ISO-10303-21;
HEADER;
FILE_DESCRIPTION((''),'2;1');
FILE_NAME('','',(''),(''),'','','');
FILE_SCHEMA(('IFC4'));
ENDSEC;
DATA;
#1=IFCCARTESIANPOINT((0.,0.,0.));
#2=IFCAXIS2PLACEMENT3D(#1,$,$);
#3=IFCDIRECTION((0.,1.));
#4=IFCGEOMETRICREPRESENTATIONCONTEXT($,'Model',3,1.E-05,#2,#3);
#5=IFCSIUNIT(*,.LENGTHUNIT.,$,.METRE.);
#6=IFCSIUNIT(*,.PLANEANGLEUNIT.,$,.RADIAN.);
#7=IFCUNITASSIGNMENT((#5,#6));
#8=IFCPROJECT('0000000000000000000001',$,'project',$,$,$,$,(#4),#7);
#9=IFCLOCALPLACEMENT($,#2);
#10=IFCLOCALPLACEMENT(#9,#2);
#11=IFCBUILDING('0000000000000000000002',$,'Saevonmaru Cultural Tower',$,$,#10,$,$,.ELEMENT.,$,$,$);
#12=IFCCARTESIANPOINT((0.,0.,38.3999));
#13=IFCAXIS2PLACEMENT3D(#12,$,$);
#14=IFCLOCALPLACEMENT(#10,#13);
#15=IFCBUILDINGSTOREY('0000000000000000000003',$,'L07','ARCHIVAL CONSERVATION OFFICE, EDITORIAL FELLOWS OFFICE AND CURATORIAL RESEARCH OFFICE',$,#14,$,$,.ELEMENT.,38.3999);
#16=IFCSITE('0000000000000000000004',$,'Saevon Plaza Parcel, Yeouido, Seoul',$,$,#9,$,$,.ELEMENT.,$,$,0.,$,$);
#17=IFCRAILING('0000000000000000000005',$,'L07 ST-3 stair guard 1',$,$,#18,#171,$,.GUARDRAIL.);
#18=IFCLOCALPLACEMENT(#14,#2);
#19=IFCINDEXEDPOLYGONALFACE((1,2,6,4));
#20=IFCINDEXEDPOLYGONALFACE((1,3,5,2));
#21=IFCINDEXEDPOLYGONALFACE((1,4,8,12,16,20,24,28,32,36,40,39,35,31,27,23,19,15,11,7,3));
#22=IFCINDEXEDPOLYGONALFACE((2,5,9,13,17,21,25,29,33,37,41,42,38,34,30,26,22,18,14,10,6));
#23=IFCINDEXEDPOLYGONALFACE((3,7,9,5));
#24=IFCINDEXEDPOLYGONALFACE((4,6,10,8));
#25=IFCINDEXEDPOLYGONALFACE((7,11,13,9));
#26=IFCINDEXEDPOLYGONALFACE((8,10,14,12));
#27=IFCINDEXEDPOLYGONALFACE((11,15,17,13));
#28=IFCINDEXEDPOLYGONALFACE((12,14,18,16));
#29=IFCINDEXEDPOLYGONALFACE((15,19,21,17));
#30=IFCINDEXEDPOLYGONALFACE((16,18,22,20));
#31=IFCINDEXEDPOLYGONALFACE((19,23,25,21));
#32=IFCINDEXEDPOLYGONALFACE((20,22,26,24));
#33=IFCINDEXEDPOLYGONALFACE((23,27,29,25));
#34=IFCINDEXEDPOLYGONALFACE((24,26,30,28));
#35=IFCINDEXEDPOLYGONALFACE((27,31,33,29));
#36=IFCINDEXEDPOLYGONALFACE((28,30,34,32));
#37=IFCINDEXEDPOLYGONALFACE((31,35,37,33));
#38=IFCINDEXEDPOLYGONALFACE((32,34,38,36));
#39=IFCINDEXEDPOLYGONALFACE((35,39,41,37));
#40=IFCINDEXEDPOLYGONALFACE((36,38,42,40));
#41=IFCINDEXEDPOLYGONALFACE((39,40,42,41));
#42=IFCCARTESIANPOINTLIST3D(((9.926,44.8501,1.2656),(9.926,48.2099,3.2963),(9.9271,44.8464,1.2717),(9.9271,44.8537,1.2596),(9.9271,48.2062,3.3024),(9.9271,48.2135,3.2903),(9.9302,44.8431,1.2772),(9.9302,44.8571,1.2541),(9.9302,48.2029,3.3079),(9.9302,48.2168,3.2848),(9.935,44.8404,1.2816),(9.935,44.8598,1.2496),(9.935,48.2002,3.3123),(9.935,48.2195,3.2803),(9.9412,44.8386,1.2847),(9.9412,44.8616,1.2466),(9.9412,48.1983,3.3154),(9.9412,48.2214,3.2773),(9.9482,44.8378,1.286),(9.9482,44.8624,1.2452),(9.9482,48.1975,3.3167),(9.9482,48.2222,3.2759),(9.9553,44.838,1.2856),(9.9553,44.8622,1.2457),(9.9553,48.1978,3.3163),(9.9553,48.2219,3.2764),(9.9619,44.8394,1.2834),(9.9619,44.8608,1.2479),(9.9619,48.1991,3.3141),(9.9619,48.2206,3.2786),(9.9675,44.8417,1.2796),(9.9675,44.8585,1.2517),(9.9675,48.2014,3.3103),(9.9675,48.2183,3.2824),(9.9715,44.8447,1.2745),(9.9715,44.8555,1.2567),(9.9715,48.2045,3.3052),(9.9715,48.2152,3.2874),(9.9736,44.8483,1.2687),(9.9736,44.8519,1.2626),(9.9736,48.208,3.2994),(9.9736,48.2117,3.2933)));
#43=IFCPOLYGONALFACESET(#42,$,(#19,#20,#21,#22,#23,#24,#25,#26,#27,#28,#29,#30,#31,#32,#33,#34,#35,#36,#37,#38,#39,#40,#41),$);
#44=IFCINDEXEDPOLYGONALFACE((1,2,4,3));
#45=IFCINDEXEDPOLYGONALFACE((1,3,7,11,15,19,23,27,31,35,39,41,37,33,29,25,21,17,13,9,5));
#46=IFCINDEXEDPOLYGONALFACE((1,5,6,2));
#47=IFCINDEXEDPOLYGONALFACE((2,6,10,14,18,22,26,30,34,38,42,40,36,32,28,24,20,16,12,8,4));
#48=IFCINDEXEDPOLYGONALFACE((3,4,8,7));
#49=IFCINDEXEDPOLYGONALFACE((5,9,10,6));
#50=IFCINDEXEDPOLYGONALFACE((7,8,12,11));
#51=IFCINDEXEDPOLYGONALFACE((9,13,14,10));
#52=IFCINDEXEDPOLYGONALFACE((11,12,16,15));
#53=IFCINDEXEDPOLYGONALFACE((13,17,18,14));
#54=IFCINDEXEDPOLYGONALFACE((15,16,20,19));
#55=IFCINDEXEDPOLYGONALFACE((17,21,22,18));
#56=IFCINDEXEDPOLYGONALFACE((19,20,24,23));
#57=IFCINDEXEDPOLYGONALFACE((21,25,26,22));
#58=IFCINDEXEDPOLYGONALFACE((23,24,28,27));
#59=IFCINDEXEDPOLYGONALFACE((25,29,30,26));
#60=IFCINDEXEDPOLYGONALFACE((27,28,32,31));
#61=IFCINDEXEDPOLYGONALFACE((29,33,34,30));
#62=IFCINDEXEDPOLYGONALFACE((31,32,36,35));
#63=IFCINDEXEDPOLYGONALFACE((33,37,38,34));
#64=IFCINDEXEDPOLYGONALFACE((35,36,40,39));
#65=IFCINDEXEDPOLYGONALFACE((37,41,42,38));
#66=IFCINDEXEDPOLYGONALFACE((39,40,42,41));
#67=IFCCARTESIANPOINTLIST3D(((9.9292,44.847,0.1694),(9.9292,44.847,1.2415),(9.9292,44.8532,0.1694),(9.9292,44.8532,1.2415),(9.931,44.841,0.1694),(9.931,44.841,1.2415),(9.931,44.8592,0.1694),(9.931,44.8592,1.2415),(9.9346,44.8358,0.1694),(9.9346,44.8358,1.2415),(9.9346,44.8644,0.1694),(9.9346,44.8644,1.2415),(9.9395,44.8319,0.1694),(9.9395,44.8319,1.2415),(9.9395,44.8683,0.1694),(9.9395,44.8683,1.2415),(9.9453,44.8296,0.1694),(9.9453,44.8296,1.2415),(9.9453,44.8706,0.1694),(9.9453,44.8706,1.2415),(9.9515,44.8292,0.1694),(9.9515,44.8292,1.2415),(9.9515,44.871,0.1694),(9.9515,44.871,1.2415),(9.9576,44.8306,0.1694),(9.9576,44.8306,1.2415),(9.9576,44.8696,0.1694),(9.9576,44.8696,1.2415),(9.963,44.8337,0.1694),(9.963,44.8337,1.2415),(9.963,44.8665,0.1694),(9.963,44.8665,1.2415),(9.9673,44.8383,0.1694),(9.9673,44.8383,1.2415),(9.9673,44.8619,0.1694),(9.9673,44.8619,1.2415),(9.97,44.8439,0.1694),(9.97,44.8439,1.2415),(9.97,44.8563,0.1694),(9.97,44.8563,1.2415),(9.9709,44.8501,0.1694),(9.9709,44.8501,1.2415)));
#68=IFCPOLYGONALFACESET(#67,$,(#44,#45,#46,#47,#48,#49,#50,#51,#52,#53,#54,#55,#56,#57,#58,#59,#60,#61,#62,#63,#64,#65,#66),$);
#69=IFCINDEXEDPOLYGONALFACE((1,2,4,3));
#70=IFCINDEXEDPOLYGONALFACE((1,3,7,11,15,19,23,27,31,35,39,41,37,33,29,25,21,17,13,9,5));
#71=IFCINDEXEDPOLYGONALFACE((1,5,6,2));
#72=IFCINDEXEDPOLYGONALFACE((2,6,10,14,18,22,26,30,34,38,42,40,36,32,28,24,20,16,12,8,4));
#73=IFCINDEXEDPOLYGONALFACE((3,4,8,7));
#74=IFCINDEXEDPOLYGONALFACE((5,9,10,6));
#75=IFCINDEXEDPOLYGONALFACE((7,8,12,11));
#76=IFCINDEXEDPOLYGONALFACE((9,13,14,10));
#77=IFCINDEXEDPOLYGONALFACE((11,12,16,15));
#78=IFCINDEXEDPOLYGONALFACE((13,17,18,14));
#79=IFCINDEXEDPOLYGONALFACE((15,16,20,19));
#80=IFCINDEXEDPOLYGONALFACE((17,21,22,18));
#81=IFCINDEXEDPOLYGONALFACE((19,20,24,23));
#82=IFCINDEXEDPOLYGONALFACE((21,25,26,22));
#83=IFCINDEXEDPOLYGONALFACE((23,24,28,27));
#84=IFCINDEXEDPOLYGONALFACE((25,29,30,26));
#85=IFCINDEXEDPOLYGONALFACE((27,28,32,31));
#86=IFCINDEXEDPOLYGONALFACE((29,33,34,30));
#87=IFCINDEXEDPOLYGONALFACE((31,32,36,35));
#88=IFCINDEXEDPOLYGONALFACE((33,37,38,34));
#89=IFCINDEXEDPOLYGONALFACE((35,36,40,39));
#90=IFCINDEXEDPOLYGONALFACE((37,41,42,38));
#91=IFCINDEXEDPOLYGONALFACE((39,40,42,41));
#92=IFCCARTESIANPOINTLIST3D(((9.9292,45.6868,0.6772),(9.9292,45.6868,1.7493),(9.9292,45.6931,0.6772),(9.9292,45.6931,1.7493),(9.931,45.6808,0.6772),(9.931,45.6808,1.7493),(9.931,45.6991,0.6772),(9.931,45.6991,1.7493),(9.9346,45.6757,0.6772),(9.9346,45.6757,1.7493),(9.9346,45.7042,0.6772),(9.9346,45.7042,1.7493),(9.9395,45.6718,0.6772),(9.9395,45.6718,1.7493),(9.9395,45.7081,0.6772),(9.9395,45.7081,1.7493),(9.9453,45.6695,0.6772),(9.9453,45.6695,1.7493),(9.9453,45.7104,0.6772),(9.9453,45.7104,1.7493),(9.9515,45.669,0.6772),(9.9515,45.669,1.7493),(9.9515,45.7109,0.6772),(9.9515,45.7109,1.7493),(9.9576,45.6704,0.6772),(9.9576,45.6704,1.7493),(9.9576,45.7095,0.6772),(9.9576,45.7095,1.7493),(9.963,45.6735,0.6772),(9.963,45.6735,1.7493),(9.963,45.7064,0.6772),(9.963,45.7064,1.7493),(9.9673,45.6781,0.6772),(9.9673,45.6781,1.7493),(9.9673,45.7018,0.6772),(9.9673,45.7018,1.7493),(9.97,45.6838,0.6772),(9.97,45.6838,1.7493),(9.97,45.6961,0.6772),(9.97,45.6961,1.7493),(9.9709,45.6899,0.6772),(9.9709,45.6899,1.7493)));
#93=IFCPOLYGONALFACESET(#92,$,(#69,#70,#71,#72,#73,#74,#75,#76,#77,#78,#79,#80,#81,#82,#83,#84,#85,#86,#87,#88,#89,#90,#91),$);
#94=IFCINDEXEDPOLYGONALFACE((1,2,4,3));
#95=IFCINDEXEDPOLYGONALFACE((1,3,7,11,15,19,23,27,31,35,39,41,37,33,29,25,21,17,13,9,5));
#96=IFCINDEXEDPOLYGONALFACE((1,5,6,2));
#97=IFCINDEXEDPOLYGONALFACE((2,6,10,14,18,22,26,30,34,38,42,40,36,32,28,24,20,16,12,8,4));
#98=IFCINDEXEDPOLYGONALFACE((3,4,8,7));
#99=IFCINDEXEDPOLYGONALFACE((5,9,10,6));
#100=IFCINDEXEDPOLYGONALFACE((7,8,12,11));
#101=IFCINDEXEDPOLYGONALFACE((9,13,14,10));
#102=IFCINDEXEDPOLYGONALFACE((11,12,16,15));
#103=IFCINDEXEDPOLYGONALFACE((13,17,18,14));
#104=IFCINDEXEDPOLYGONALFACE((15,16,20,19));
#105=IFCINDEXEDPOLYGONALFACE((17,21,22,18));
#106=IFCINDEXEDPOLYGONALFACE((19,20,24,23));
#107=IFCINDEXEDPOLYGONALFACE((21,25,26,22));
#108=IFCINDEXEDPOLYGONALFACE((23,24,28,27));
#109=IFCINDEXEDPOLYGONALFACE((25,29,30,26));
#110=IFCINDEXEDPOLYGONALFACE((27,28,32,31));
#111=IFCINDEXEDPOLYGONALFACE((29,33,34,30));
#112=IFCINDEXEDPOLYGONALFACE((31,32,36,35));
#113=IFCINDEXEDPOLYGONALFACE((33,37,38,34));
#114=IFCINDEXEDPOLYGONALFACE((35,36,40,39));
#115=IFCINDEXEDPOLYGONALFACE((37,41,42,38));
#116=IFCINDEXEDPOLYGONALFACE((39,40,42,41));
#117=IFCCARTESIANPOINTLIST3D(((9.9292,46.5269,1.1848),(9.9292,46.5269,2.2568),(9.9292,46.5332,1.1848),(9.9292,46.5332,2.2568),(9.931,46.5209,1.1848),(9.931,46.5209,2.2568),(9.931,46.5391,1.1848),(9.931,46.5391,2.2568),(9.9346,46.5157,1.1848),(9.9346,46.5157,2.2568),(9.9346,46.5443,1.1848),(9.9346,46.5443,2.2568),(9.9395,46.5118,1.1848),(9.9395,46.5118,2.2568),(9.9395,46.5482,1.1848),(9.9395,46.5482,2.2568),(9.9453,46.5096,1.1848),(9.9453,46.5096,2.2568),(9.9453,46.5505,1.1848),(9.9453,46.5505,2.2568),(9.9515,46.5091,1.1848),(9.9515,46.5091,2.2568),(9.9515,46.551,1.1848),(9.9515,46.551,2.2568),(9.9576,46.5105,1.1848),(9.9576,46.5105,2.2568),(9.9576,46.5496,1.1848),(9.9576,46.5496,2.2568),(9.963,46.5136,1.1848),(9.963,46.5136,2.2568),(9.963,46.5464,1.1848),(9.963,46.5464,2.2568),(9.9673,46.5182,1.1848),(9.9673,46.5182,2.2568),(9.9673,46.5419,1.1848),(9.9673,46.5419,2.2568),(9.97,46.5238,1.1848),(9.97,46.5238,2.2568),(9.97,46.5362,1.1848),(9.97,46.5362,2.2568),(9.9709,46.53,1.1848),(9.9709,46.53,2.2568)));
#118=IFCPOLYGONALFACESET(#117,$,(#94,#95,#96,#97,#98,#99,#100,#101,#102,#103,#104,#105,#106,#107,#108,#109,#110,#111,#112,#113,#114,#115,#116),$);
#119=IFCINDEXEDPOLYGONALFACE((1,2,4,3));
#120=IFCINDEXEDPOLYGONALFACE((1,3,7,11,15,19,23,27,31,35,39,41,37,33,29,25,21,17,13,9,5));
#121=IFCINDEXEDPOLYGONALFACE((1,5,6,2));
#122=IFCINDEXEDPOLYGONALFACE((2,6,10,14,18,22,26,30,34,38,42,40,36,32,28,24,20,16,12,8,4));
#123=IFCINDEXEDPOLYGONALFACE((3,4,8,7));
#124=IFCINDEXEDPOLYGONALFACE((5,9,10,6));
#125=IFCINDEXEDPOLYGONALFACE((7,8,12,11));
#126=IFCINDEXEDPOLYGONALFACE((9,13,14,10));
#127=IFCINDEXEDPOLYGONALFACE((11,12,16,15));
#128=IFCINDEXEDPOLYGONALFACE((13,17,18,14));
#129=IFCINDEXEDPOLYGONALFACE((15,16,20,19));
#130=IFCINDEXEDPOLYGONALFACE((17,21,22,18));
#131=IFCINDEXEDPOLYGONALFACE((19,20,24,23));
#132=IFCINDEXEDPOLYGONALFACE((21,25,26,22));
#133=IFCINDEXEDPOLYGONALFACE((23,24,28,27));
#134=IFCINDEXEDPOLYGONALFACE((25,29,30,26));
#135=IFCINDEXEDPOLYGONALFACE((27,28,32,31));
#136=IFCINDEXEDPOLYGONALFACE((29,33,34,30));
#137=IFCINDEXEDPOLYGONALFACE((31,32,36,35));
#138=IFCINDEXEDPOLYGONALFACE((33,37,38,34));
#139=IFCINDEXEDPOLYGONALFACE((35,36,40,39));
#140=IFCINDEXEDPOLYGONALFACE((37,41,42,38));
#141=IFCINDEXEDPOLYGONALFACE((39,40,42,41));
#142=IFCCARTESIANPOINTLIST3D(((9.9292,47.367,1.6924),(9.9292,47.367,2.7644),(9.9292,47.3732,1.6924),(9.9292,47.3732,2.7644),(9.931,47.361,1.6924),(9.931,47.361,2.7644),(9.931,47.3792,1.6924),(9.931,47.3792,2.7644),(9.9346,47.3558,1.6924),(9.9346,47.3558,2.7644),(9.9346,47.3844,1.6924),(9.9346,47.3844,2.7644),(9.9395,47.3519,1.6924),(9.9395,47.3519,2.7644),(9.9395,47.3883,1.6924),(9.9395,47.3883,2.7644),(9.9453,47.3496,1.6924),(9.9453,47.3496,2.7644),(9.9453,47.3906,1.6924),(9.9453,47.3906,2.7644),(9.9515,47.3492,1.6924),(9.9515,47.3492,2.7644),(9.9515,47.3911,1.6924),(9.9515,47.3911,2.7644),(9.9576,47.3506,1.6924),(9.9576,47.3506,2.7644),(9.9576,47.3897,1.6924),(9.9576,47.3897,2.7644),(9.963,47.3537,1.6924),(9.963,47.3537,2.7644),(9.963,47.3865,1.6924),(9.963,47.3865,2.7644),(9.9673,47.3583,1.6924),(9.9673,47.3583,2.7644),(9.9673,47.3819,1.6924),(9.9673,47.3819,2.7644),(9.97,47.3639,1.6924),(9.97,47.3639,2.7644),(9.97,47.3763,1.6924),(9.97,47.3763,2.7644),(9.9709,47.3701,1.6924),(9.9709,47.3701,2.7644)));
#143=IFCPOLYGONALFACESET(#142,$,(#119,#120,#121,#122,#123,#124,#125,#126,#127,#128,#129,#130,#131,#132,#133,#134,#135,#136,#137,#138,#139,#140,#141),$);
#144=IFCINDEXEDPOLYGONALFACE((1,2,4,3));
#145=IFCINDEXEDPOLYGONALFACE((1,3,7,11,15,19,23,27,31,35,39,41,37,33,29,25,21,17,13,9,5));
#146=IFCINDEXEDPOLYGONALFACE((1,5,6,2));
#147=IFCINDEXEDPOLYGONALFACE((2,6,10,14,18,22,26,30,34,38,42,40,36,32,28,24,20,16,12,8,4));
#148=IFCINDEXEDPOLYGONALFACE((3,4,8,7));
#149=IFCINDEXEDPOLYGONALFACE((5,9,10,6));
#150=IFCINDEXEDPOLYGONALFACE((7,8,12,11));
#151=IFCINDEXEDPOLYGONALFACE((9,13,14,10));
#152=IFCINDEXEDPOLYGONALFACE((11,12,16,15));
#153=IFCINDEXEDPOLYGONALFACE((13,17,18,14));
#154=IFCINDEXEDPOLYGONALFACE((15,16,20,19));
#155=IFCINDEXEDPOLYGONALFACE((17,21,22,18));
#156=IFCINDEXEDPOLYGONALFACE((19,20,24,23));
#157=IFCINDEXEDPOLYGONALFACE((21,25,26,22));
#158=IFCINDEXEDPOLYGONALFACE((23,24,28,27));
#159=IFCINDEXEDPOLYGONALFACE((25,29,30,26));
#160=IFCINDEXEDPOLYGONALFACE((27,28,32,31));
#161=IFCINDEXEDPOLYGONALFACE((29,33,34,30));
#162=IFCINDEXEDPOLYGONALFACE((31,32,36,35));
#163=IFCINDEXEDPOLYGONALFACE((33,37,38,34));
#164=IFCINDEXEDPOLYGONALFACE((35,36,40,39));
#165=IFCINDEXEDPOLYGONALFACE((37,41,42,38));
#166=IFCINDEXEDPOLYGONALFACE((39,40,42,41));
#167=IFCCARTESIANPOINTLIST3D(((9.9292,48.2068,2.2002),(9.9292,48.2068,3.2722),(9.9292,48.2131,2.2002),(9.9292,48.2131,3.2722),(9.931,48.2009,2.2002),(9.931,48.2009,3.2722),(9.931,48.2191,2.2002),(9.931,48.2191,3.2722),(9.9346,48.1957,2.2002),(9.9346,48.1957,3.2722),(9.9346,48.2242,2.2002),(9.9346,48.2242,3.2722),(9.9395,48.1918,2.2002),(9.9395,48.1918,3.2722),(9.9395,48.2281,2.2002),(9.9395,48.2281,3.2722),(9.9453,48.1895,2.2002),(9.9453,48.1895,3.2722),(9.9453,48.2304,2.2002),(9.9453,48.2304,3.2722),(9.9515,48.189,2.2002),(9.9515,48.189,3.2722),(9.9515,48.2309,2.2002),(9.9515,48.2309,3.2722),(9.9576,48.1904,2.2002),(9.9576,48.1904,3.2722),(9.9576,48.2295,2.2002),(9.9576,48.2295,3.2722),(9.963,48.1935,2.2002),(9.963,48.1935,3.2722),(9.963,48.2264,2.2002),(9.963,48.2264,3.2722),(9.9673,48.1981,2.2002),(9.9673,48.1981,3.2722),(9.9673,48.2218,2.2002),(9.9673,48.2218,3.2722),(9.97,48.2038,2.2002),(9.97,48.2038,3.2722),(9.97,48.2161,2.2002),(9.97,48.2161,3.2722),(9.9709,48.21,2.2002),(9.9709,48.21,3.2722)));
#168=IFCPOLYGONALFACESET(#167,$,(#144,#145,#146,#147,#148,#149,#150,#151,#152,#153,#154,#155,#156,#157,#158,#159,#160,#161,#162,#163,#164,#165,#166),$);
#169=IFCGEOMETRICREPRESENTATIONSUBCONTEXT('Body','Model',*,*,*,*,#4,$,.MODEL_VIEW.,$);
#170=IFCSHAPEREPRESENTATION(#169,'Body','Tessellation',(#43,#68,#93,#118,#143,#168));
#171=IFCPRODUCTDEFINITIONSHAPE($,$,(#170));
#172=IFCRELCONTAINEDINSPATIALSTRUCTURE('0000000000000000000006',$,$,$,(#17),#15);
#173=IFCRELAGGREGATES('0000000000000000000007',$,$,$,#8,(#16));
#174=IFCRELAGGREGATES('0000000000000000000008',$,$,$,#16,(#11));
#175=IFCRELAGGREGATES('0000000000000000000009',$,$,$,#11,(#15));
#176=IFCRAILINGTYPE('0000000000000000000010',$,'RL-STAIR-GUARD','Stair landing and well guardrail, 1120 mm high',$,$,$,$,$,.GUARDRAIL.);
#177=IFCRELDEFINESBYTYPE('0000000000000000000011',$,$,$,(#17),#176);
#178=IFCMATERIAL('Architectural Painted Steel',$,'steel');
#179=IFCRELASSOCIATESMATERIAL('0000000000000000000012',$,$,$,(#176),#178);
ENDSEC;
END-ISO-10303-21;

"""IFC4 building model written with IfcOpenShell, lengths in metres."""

from ifc_helpers import new_model, si_unit, direction, frame, origin, origin_2d, place, context, subcontext, project, spatial, circle, extrude, material, type_object, element, save


model = new_model("IFC4")

# Units and contexts
model_context = context("Model", 3, precision=1e-05, world=origin(), true_north=direction((0.0, 1.0)))
body_context = subcontext(model_context, "Body", "Model", "MODEL_VIEW")
ifc_project = project(units=[si_unit("LENGTHUNIT", "METRE"), si_unit("PLANEANGLEUNIT", "RADIAN")], contexts=[model_context])

# Site, building, storey
site_placement = place(None, origin())
site = spatial("IfcSite", under=ifc_project, at=site_placement, Name="Saevon Plaza Parcel, Yeouido, Seoul", CompositionType="ELEMENT", RefElevation=0.0)
building_placement = place(site_placement, origin())
building = spatial("IfcBuilding", under=site, at=building_placement, Name="Saevonmaru Cultural Tower", CompositionType="ELEMENT")
storey_placement = place(building_placement, frame((0.0, 0.0, 38.3999)))
storey = spatial("IfcBuildingStorey", under=building, at=storey_placement, Name="L07", Description="ARCHIVAL CONSERVATION OFFICE, EDITORIAL FELLOWS OFFICE AND CURATORIAL RESEARCH OFFICE", CompositionType="ELEMENT", Elevation=38.3999)

# Railing
ifc_material_1 = material(Name="Architectural Painted Steel", Category="steel")
railing_type_1 = type_object("IfcRailingType", Name="RL-STAIR-GUARD", Description="Stair landing and well guardrail, 1120 mm high", PredefinedType="GUARDRAIL", material=ifc_material_1)
railing_1_placement = place(storey_placement, frame((9.95, 44.8501, 0.1694)))
element("IfcRailing", 1, at=railing_1_placement, inside=storey, type_object=railing_type_1, Name="L07 ST-3 stair guard 1", PredefinedType="GUARDRAIL", context=body_context, shape_type="SweptSolid", body=[
    extrude(circle(Radius=0.0239, at=origin_2d()), frame((0.0, 0.0, 1.0962), z_axis=(0.0, 0.85582, 0.517273), x_axis=(-1.0, 0.0, 0.0)), (0.0, 0.0, 1.0), 3.9258),
    extrude(circle(Radius=0.021, at=origin_2d()), origin(), (0.0, 0.0, 1.0), 1.072),
    extrude(circle(Radius=0.021, at=origin_2d()), frame((0.0, 0.8398, 0.5078)), (0.0, 0.0, 1.0), 1.072),
    extrude(circle(Radius=0.021, at=origin_2d()), frame((0.0, 1.6799, 1.0154)), (0.0, 0.0, 1.0), 1.072),
    extrude(circle(Radius=0.021, at=origin_2d()), frame((0.0, 2.52, 1.5229)), (0.0, 0.0, 1.0), 1.072),
    extrude(circle(Radius=0.021, at=origin_2d()), frame((0.0, 3.3599, 2.0308)), (0.0, 0.0, 1.0), 1.072),
])

save(model, "model.ifc")
